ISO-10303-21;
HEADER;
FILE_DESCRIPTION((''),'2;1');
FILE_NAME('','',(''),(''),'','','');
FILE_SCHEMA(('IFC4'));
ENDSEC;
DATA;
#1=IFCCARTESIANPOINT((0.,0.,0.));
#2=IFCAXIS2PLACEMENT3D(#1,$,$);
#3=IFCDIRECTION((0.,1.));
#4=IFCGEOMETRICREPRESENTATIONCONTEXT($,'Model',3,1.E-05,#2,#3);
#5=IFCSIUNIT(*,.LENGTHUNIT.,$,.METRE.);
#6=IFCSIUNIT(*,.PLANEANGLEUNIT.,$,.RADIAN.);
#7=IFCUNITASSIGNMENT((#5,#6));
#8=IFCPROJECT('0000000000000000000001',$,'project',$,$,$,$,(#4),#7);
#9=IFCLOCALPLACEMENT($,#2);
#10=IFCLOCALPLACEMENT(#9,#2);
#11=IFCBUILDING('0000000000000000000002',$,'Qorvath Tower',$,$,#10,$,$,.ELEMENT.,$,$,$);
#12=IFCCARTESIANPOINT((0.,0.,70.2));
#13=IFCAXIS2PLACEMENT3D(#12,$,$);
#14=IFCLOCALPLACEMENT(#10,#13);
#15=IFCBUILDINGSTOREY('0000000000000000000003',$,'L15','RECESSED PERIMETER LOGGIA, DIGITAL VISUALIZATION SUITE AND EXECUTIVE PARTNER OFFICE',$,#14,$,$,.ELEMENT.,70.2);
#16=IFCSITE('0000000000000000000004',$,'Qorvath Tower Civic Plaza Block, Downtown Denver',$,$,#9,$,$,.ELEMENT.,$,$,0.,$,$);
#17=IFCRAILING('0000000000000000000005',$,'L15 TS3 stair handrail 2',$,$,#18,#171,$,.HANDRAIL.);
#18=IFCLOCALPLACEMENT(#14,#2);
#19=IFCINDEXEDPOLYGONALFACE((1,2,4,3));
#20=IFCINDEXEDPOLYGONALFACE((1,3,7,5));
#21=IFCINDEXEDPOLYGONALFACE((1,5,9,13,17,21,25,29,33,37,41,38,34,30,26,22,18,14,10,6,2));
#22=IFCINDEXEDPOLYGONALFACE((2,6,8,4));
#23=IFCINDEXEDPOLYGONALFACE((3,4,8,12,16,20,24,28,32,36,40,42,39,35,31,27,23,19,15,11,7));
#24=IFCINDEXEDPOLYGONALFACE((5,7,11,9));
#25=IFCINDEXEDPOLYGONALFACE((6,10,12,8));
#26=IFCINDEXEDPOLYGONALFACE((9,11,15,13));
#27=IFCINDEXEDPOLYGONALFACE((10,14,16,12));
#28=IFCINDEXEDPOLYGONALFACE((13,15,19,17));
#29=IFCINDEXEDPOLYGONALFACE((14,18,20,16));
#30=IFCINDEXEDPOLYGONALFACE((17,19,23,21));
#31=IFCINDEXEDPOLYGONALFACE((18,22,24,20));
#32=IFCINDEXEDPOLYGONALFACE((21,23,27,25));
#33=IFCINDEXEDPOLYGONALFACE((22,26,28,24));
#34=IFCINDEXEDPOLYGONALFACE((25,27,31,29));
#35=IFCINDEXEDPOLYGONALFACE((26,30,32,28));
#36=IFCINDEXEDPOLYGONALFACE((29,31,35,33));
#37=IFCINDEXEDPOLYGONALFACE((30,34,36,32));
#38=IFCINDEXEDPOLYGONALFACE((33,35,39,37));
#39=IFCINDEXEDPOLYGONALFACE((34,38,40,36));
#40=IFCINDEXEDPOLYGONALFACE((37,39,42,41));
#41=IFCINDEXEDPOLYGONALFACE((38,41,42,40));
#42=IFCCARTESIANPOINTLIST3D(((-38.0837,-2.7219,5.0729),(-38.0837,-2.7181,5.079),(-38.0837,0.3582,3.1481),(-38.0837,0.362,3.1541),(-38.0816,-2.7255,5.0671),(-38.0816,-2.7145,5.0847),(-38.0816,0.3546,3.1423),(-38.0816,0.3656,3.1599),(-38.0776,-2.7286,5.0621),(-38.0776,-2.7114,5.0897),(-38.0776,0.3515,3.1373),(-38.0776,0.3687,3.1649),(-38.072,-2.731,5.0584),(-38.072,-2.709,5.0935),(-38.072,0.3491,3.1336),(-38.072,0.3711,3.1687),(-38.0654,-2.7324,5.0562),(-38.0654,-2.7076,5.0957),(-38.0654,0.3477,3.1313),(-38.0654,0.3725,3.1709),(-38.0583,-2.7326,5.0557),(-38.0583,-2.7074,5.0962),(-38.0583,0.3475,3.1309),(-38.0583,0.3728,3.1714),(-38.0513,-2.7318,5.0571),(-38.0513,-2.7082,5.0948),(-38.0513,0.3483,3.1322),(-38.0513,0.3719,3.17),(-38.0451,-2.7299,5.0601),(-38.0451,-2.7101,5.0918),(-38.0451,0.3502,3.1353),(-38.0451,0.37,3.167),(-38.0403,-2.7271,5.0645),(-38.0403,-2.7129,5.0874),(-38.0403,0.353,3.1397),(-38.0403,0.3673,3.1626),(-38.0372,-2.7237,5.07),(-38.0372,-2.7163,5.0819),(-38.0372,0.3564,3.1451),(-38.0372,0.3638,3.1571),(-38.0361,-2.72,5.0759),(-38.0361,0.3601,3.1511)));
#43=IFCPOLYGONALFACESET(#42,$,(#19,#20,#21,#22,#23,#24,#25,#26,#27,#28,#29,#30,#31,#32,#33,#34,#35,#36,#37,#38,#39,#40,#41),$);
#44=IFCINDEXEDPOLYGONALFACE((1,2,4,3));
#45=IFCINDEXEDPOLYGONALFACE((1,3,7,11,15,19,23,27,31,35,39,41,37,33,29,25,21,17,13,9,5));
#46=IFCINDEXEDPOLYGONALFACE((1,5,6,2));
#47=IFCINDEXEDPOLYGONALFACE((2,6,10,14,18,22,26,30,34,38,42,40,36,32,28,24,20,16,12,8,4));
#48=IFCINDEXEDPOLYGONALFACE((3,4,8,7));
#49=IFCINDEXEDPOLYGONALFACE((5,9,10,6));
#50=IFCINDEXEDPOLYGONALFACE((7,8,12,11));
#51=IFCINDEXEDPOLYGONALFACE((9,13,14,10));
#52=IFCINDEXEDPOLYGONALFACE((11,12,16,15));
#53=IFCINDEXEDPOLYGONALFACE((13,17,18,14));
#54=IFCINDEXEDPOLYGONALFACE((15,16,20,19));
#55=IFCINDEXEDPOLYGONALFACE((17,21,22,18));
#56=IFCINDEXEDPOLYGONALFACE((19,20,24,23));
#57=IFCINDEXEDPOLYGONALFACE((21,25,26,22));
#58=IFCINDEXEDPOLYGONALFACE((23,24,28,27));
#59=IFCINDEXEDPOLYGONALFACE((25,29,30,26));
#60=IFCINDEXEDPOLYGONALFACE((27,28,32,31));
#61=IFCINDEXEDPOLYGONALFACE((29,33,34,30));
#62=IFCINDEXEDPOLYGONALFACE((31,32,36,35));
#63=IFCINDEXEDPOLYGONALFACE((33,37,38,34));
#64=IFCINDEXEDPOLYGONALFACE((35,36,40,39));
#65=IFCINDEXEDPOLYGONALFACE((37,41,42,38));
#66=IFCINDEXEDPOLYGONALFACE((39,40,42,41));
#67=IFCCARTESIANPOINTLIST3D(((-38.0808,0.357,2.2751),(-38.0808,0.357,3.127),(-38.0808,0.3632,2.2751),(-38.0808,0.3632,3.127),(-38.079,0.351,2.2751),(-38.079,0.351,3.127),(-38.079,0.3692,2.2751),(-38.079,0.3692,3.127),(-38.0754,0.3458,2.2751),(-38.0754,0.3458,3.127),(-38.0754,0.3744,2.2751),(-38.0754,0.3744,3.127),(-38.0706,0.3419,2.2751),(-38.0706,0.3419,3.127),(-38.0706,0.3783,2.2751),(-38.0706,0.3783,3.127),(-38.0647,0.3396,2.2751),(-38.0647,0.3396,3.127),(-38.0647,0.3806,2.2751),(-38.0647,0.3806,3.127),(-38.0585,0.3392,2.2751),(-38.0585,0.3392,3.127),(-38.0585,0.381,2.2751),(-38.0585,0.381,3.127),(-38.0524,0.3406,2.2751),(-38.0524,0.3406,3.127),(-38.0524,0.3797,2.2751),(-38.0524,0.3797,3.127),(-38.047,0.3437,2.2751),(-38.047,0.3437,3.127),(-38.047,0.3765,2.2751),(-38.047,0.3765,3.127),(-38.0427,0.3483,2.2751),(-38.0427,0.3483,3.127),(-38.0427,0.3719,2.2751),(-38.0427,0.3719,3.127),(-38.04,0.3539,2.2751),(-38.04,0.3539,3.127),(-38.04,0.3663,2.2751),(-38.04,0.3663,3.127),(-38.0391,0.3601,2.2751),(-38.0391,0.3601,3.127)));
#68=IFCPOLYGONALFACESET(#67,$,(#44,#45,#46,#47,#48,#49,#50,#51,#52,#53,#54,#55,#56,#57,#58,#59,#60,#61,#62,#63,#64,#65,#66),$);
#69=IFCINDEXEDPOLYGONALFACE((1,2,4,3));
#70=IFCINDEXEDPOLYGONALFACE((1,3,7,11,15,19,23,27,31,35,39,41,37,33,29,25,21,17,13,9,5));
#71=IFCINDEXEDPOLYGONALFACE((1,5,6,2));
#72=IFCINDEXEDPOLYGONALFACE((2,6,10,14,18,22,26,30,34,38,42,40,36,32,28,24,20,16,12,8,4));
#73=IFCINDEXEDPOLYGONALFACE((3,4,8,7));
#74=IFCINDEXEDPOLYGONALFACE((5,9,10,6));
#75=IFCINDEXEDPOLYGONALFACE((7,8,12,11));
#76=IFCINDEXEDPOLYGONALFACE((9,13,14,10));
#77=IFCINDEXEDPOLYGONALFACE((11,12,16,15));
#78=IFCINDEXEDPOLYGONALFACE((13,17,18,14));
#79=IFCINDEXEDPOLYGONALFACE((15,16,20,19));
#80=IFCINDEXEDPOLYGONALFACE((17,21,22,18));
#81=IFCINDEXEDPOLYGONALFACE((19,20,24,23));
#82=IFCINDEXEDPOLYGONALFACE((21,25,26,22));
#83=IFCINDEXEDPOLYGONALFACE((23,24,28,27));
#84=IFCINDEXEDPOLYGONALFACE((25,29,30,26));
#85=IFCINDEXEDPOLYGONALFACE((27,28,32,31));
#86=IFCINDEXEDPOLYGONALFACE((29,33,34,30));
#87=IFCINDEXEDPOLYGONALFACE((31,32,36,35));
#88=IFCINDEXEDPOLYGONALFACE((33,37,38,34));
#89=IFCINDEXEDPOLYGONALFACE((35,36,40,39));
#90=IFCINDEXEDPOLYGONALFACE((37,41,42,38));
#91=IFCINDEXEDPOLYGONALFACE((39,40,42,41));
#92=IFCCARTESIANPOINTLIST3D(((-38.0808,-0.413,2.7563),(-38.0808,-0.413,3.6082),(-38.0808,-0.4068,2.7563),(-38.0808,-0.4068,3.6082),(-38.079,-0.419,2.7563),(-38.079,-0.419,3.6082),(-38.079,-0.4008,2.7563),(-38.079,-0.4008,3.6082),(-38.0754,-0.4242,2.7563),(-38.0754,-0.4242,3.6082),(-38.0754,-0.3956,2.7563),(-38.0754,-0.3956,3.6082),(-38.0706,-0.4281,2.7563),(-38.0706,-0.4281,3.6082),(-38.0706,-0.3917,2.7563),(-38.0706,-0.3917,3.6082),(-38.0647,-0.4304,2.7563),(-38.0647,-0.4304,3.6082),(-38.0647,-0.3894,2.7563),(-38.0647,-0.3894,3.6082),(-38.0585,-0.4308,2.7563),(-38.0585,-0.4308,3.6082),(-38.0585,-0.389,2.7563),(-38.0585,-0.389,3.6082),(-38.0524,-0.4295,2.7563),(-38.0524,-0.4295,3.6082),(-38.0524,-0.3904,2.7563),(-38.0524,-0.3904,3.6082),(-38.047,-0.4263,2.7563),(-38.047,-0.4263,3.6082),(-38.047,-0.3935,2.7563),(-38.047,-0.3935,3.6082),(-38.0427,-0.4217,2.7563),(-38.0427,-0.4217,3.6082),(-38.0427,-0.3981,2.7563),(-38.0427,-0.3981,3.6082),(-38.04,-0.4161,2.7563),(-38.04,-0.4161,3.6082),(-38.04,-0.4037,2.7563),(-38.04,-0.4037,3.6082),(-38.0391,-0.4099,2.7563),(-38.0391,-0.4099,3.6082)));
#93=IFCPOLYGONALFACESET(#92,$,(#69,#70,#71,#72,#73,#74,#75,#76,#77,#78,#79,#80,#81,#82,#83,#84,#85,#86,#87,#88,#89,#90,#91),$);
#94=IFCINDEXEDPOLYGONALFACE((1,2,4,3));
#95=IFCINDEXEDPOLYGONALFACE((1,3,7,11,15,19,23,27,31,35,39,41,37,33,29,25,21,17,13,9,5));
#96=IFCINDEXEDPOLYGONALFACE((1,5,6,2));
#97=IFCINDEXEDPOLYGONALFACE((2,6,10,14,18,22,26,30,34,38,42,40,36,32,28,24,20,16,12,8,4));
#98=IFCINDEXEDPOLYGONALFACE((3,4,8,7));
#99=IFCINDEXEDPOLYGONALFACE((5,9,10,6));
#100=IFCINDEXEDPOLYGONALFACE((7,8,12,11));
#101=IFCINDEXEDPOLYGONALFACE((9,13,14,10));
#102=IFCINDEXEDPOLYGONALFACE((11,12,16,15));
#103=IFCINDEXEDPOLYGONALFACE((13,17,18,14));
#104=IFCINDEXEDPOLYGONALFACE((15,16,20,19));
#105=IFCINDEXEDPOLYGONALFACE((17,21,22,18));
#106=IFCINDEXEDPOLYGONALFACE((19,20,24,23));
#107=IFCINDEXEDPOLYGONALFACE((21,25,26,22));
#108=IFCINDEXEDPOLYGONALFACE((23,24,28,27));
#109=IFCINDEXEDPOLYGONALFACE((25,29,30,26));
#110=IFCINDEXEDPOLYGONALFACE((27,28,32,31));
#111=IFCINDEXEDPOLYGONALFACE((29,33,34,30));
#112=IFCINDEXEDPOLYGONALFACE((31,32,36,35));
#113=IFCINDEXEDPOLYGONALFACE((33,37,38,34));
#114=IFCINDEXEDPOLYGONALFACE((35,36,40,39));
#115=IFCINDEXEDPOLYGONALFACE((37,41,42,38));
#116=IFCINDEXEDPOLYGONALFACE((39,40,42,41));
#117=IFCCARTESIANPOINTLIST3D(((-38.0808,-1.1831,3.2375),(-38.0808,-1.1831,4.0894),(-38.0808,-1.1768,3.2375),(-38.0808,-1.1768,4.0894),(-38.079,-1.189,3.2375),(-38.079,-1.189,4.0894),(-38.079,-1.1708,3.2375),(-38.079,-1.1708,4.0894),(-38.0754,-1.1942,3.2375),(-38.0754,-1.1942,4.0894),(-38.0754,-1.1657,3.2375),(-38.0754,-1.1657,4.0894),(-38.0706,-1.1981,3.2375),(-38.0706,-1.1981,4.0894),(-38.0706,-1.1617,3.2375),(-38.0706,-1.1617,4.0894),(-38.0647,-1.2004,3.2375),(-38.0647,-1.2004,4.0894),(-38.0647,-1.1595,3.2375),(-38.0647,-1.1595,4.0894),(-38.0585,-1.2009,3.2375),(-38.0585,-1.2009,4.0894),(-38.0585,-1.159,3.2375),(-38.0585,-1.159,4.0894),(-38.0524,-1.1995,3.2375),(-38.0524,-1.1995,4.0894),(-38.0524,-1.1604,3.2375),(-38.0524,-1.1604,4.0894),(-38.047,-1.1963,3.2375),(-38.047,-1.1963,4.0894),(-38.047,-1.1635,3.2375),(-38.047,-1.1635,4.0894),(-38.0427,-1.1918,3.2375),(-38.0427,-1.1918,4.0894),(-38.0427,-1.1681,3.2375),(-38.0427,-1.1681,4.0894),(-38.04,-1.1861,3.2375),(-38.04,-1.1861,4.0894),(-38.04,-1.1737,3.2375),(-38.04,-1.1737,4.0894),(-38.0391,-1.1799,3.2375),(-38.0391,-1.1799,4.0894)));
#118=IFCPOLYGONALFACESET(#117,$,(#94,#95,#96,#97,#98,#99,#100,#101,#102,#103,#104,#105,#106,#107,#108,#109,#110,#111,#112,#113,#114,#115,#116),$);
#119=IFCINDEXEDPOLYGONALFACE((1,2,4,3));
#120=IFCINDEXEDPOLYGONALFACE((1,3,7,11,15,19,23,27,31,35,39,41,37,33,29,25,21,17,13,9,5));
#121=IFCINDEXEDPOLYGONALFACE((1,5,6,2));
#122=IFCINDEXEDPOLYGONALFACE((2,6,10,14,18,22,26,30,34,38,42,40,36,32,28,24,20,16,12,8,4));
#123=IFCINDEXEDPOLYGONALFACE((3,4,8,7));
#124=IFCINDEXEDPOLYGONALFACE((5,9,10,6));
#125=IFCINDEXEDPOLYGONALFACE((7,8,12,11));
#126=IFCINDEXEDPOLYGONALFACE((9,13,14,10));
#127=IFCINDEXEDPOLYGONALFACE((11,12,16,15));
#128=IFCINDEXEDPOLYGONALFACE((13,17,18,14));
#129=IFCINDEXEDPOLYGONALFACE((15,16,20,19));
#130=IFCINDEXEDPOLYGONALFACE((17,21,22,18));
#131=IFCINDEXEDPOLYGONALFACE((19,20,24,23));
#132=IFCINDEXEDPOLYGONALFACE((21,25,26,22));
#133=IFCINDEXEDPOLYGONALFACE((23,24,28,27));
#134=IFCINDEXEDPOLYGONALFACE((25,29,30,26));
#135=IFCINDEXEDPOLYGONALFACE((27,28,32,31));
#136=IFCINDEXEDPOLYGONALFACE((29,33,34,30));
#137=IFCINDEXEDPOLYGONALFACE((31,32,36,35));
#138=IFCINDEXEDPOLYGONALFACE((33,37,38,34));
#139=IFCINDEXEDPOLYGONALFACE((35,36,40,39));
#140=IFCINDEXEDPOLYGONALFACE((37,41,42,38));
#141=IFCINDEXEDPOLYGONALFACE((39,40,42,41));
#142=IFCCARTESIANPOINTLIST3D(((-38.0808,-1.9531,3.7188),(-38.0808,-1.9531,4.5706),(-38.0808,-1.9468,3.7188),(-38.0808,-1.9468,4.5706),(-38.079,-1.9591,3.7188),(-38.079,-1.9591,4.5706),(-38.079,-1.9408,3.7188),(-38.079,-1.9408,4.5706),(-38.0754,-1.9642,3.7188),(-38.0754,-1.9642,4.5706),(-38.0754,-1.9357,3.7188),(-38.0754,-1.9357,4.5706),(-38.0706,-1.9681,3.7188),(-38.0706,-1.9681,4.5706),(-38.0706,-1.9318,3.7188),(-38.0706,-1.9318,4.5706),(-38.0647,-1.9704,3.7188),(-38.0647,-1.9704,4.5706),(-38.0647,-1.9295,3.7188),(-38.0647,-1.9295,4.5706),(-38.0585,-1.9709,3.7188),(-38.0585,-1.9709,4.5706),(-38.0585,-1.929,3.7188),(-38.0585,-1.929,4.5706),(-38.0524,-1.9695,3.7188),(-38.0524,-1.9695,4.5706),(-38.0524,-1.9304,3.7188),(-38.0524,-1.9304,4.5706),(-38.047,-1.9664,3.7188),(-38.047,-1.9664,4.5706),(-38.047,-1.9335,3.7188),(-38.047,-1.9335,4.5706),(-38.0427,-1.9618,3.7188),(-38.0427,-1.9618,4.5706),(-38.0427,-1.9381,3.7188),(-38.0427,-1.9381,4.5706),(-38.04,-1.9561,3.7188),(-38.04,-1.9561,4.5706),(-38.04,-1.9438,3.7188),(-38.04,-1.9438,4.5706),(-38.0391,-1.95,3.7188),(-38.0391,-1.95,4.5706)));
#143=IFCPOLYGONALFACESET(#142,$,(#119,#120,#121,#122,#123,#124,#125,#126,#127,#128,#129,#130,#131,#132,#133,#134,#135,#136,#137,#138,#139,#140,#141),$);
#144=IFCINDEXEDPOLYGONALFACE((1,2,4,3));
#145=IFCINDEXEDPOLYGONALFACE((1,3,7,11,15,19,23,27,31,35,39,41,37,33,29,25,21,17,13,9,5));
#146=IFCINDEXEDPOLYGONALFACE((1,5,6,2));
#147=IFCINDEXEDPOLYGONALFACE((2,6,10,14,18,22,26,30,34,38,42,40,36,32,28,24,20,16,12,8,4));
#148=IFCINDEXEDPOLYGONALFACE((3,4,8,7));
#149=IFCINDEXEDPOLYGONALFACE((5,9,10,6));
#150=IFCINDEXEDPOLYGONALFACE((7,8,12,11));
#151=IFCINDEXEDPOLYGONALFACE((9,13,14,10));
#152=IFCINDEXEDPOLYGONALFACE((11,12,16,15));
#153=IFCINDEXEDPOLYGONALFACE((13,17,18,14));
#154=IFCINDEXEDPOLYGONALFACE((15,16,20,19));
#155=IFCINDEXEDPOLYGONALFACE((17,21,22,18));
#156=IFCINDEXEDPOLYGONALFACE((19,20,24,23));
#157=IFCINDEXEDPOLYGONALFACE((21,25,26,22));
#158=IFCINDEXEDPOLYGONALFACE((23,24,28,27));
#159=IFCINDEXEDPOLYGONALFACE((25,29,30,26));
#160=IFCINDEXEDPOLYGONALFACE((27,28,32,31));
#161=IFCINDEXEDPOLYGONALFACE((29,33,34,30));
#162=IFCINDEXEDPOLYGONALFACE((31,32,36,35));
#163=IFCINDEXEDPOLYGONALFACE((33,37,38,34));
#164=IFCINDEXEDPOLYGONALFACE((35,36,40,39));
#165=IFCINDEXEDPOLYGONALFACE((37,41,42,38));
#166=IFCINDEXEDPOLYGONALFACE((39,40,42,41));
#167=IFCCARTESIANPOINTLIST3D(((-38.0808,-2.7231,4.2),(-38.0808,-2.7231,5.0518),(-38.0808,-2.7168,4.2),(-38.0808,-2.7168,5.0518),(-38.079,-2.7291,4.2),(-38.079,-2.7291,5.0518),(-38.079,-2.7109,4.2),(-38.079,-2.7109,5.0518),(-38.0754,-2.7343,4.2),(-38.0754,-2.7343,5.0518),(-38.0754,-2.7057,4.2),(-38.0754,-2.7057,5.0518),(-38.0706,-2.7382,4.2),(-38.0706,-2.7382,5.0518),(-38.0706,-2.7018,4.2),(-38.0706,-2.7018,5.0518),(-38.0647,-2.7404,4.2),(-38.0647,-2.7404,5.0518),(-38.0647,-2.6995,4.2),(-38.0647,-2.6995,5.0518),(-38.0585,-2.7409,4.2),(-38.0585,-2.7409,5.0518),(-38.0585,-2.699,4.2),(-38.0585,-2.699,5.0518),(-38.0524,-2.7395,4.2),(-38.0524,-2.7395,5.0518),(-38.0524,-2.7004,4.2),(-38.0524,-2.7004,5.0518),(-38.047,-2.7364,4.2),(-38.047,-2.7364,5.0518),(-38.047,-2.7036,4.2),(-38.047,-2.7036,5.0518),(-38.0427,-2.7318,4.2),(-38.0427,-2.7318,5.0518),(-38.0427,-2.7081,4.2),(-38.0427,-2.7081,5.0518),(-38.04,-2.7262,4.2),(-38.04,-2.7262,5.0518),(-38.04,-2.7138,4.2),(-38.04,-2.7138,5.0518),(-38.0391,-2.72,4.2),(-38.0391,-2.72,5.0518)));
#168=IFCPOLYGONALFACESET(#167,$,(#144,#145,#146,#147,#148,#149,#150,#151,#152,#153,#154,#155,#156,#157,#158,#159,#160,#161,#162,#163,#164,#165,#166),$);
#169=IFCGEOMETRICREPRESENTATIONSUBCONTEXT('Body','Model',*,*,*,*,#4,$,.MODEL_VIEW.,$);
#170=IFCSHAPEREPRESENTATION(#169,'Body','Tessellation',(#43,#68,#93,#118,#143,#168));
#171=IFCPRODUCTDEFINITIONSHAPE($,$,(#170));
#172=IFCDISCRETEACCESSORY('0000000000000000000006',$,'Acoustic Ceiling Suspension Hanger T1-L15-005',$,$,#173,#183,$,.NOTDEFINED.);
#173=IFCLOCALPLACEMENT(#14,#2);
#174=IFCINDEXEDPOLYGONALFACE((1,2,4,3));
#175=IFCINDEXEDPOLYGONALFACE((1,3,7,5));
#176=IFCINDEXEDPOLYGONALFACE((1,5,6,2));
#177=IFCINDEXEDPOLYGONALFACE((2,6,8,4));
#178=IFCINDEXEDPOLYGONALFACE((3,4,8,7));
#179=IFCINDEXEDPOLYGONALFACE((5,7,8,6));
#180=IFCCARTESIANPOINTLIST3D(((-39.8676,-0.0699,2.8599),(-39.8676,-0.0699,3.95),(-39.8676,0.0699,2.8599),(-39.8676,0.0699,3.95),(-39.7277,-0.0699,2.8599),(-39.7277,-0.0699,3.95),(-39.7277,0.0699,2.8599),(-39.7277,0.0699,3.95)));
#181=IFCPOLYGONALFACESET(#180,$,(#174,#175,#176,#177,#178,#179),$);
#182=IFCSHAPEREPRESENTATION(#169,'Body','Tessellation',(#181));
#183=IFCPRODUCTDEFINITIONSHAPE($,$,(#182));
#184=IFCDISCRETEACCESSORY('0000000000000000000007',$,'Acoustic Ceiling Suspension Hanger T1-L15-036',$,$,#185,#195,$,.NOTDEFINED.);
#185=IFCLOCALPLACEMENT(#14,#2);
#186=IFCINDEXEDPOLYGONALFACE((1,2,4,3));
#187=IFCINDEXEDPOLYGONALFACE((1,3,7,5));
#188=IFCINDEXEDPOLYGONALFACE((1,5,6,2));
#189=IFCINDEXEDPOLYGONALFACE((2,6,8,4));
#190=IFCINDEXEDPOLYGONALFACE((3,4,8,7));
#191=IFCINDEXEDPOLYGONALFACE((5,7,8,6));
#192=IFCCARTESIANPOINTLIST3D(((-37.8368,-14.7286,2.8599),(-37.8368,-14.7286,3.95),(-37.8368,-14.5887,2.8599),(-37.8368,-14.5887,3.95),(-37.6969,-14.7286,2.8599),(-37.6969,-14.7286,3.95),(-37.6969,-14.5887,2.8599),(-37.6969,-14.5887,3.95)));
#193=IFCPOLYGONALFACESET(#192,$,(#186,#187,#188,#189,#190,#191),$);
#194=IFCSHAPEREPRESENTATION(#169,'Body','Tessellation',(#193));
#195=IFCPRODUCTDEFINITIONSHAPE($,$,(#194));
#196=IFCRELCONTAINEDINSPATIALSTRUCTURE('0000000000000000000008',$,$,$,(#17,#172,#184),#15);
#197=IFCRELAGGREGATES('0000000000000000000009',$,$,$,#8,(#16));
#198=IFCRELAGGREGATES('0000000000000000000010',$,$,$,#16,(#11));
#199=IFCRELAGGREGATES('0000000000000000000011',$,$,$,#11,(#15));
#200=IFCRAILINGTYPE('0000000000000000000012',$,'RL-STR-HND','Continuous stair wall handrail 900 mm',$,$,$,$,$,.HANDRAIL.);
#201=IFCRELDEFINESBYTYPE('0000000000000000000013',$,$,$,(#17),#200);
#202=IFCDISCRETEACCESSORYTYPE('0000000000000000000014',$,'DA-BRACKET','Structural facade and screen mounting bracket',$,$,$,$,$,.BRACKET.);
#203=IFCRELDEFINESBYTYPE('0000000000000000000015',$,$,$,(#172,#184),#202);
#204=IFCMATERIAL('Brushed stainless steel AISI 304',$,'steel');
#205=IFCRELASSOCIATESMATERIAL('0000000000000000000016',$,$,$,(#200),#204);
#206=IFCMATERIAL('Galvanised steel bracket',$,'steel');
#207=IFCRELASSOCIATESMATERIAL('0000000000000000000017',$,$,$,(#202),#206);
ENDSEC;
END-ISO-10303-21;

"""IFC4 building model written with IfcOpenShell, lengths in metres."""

from ifc_helpers import new_model, si_unit, direction, frame, origin, origin_2d, place, context, subcontext, project, spatial, rectangle, circle, extrude, material, type_object, element, save


model = new_model("IFC4")

# Units and contexts
model_context = context("Model", 3, precision=1e-05, world=origin(), true_north=direction((0.0, 1.0)))
body_context = subcontext(model_context, "Body", "Model", "MODEL_VIEW")
ifc_project = project(units=[si_unit("LENGTHUNIT", "METRE"), si_unit("PLANEANGLEUNIT", "RADIAN")], contexts=[model_context])

# Site, building, storey
site_placement = place(None, origin())
site = spatial("IfcSite", under=ifc_project, at=site_placement, Name="Qorvath Tower Civic Plaza Block, Downtown Denver", CompositionType="ELEMENT", RefElevation=0.0)
building_placement = place(site_placement, origin())
building = spatial("IfcBuilding", under=site, at=building_placement, Name="Qorvath Tower", CompositionType="ELEMENT")
storey_placement = place(building_placement, frame((0.0, 0.0, 70.2)))
storey = spatial("IfcBuildingStorey", under=building, at=storey_placement, Name="L15", Description="RECESSED PERIMETER LOGGIA, DIGITAL VISUALIZATION SUITE AND EXECUTIVE PARTNER OFFICE", CompositionType="ELEMENT", Elevation=70.2)

# Railing
ifc_material_1 = material(Name="Brushed stainless steel AISI 304", Category="steel")
railing_type_1 = type_object("IfcRailingType", Name="RL-STR-HND", Description="Continuous stair wall handrail 900 mm", PredefinedType="HANDRAIL", material=ifc_material_1)
railing_1_placement = place(storey_placement, frame((-38.0601, 0.3601, 2.2751)))
element("IfcRailing", 1, at=railing_1_placement, inside=storey, type_object=railing_type_1, Name="L15 TS3 stair handrail 2", PredefinedType="HANDRAIL", context=body_context, shape_type="SweptSolid", body=[
    extrude(circle(Radius=0.0239, at=origin_2d()), frame((0.0, 0.0, 0.876), z_axis=(0.0, -0.848029, 0.529951), x_axis=(1.0, 0.0, 0.0)), (0.0, 0.0, 1.0), 3.6321),
    extrude(circle(Radius=0.021, at=origin_2d()), origin(), (0.0, 0.0, 1.0), 0.8518),
    extrude(circle(Radius=0.021, at=origin_2d()), frame((0.0, -0.77, 0.4812)), (0.0, 0.0, 1.0), 0.8518),
    extrude(circle(Radius=0.021, at=origin_2d()), frame((0.0, -1.54, 0.9624)), (0.0, 0.0, 1.0), 0.8518),
    extrude(circle(Radius=0.021, at=origin_2d()), frame((0.0, -2.3101, 1.4436)), (0.0, 0.0, 1.0), 0.8518),
    extrude(circle(Radius=0.021, at=origin_2d()), frame((0.0, -3.0801, 1.9248)), (0.0, 0.0, 1.0), 0.8518),
])

# Discrete accessories
ifc_material_2 = material(Name="Galvanised steel bracket", Category="steel")
discrete_accessory_type = type_object("IfcDiscreteAccessoryType", Name="DA-BRACKET", Description="Structural facade and screen mounting bracket", PredefinedType="BRACKET", material=ifc_material_2)
for number, where, z_axis, x_axis, name in (
    (2, (-39.7976, 0.0, 2.8599), (0.0, 0.0, 1.0), (1.0, 0.0, 0.0), "Acoustic Ceiling Suspension Hanger T1-L15-005"),
    (3, (-37.7668, -14.6587, 2.8599), (0.0, 0.0, 1.0), (1.0, 0.0, 0.0), "Acoustic Ceiling Suspension Hanger T1-L15-036"),
):
    element("IfcDiscreteAccessory", number, at=place(storey_placement, frame(where, z_axis=z_axis, x_axis=x_axis)), inside=storey, type_object=discrete_accessory_type, Name=name, PredefinedType="NOTDEFINED", context=body_context, shape_type="SweptSolid", body=[
        extrude(rectangle(XDim=0.1399, YDim=0.1399, at=origin_2d()), origin(), (0.0, 0.0, 1.0), 1.0901),
    ])

save(model, "model.ifc")
